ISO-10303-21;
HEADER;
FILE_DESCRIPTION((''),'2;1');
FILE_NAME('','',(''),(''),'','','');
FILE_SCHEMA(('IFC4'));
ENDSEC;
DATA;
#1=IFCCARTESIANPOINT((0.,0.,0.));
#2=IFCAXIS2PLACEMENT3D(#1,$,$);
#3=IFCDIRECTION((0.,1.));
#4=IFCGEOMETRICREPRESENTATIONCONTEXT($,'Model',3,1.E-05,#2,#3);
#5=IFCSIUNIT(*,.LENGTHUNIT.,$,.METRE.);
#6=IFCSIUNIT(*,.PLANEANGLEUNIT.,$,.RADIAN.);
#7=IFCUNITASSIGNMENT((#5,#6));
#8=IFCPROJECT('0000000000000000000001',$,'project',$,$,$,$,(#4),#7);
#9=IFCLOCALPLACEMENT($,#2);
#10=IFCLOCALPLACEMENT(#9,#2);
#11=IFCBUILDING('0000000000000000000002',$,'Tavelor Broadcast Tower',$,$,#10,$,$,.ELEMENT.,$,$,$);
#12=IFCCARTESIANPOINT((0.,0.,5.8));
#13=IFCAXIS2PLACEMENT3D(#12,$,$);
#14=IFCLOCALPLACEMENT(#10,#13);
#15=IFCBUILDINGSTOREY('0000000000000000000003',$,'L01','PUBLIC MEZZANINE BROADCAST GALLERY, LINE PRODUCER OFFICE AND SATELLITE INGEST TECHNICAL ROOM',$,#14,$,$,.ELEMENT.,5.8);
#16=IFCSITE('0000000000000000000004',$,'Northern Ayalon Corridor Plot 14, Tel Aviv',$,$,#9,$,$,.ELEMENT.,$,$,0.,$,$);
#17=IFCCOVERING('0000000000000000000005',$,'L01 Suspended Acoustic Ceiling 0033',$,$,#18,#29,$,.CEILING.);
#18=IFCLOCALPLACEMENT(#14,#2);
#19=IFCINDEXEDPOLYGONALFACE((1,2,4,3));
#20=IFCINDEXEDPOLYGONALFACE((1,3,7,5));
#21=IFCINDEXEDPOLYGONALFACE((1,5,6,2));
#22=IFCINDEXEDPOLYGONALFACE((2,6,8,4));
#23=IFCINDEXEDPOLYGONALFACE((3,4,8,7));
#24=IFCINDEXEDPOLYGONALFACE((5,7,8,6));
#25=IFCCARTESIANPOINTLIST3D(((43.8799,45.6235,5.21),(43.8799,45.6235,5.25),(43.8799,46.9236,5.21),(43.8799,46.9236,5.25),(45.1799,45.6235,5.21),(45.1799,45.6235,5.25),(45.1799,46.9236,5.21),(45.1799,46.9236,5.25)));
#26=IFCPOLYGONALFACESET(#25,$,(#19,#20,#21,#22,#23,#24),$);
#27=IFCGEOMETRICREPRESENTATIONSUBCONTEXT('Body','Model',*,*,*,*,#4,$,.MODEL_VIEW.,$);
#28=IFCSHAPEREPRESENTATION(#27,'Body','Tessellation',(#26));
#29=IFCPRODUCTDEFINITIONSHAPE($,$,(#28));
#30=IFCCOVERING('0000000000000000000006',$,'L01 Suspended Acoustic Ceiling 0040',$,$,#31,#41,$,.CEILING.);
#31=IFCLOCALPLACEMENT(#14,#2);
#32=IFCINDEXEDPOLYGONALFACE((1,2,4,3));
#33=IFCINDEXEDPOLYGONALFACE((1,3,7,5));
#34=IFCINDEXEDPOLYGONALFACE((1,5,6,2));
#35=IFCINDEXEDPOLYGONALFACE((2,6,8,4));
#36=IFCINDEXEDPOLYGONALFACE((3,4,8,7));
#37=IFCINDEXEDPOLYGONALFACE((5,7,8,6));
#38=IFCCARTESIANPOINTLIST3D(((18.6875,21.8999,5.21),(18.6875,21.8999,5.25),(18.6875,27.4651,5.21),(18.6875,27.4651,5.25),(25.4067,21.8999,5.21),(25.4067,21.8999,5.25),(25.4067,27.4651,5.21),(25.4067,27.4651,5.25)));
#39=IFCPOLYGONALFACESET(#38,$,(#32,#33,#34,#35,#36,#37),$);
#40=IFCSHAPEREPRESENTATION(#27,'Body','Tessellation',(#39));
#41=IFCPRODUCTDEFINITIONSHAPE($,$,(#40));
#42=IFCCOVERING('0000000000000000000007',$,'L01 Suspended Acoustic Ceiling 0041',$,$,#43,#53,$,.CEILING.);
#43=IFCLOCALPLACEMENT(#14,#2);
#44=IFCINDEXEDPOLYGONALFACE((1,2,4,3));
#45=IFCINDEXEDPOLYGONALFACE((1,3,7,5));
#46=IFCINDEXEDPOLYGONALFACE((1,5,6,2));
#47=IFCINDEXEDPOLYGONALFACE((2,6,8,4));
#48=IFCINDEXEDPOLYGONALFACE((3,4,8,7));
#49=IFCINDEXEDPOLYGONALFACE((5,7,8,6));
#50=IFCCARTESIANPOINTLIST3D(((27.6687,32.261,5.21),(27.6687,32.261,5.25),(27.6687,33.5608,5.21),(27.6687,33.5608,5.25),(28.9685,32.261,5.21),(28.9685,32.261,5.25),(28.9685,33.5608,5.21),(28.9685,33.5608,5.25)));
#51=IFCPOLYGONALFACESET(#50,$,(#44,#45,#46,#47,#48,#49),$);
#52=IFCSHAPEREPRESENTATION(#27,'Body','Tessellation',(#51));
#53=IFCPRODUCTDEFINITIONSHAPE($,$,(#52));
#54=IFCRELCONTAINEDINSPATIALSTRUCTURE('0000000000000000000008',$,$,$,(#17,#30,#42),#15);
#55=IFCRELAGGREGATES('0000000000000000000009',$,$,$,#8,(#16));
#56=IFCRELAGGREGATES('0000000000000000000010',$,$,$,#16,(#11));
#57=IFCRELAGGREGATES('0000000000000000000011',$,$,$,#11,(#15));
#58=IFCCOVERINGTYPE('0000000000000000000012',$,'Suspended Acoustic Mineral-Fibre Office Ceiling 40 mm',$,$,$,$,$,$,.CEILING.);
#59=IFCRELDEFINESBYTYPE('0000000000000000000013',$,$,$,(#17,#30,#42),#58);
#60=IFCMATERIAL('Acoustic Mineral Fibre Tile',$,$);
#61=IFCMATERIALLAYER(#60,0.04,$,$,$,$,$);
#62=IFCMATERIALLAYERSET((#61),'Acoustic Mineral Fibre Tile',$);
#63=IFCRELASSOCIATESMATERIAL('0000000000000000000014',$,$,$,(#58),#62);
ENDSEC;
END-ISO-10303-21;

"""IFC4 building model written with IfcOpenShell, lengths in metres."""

from ifc_helpers import new_model, si_unit, direction, frame, origin, place, context, subcontext, project, spatial, polyline, outline, extrude, material, layer, layer_set, type_object, element, save


model = new_model("IFC4")

# Units and contexts
model_context = context("Model", 3, precision=1e-05, world=origin(), true_north=direction((0.0, 1.0)))
body_context = subcontext(model_context, "Body", "Model", "MODEL_VIEW")
ifc_project = project(units=[si_unit("LENGTHUNIT", "METRE"), si_unit("PLANEANGLEUNIT", "RADIAN")], contexts=[model_context])

# Site, building, storey
site_placement = place(None, origin())
site = spatial("IfcSite", under=ifc_project, at=site_placement, Name="Northern Ayalon Corridor Plot 14, Tel Aviv", CompositionType="ELEMENT", RefElevation=0.0)
building_placement = place(site_placement, origin())
building = spatial("IfcBuilding", under=site, at=building_placement, Name="Tavelor Broadcast Tower", CompositionType="ELEMENT")
storey_placement = place(building_placement, frame((0.0, 0.0, 5.8)))
storey = spatial("IfcBuildingStorey", under=building, at=storey_placement, Name="L01", Description="PUBLIC MEZZANINE BROADCAST GALLERY, LINE PRODUCER OFFICE AND SATELLITE INGEST TECHNICAL ROOM", CompositionType="ELEMENT", Elevation=5.8)

# Coverings
ifc_material_1 = material(Name="Acoustic Mineral Fibre Tile")
ifc_layer_1 = layer(ifc_material_1, 0.04)
ifc_layer_set_1 = layer_set([ifc_layer_1], Name="Acoustic Mineral Fibre Tile")
covering_type_1 = type_object("IfcCoveringType", Name="Suspended Acoustic Mineral-Fibre Office Ceiling 40 mm", PredefinedType="CEILING", material=ifc_layer_set_1)
covering_1_placement = place(storey_placement, frame((0.0, 0.0, 5.21)))
element("IfcCovering", 1, at=covering_1_placement, inside=storey, type_object=covering_type_1, Name="L01 Suspended Acoustic Ceiling 0033", PredefinedType="CEILING", context=body_context, shape_type="SweptSolid", body=[
    extrude(outline(polyline([(43.8799, 45.6235), (45.1799, 45.6235), (45.1799, 46.9236), (43.8799, 46.9236), (43.8799, 45.6235)])), origin(), (0.0, 0.0, 1.0), 0.04),
])
covering_2_placement = place(storey_placement, frame((0.0, 0.0, 5.21)))
element("IfcCovering", 2, at=covering_2_placement, inside=storey, type_object=covering_type_1, Name="L01 Suspended Acoustic Ceiling 0040", PredefinedType="CEILING", context=body_context, shape_type="SweptSolid", body=[
    extrude(outline(polyline([(18.6875, 21.8999), (25.4067, 21.8999), (25.4067, 27.4651), (18.6875, 27.4651), (18.6875, 21.8999)])), origin(), (0.0, 0.0, 1.0), 0.04),
])
covering_3_placement = place(storey_placement, frame((0.0, 0.0, 5.21)))
element("IfcCovering", 3, at=covering_3_placement, inside=storey, type_object=covering_type_1, Name="L01 Suspended Acoustic Ceiling 0041", PredefinedType="CEILING", context=body_context, shape_type="SweptSolid", body=[
    extrude(outline(polyline([(27.6687, 32.261), (28.9685, 32.261), (28.9685, 33.5608), (27.6687, 33.5608), (27.6687, 32.261)])), origin(), (0.0, 0.0, 1.0), 0.04),
])

save(model, "model.ifc")
